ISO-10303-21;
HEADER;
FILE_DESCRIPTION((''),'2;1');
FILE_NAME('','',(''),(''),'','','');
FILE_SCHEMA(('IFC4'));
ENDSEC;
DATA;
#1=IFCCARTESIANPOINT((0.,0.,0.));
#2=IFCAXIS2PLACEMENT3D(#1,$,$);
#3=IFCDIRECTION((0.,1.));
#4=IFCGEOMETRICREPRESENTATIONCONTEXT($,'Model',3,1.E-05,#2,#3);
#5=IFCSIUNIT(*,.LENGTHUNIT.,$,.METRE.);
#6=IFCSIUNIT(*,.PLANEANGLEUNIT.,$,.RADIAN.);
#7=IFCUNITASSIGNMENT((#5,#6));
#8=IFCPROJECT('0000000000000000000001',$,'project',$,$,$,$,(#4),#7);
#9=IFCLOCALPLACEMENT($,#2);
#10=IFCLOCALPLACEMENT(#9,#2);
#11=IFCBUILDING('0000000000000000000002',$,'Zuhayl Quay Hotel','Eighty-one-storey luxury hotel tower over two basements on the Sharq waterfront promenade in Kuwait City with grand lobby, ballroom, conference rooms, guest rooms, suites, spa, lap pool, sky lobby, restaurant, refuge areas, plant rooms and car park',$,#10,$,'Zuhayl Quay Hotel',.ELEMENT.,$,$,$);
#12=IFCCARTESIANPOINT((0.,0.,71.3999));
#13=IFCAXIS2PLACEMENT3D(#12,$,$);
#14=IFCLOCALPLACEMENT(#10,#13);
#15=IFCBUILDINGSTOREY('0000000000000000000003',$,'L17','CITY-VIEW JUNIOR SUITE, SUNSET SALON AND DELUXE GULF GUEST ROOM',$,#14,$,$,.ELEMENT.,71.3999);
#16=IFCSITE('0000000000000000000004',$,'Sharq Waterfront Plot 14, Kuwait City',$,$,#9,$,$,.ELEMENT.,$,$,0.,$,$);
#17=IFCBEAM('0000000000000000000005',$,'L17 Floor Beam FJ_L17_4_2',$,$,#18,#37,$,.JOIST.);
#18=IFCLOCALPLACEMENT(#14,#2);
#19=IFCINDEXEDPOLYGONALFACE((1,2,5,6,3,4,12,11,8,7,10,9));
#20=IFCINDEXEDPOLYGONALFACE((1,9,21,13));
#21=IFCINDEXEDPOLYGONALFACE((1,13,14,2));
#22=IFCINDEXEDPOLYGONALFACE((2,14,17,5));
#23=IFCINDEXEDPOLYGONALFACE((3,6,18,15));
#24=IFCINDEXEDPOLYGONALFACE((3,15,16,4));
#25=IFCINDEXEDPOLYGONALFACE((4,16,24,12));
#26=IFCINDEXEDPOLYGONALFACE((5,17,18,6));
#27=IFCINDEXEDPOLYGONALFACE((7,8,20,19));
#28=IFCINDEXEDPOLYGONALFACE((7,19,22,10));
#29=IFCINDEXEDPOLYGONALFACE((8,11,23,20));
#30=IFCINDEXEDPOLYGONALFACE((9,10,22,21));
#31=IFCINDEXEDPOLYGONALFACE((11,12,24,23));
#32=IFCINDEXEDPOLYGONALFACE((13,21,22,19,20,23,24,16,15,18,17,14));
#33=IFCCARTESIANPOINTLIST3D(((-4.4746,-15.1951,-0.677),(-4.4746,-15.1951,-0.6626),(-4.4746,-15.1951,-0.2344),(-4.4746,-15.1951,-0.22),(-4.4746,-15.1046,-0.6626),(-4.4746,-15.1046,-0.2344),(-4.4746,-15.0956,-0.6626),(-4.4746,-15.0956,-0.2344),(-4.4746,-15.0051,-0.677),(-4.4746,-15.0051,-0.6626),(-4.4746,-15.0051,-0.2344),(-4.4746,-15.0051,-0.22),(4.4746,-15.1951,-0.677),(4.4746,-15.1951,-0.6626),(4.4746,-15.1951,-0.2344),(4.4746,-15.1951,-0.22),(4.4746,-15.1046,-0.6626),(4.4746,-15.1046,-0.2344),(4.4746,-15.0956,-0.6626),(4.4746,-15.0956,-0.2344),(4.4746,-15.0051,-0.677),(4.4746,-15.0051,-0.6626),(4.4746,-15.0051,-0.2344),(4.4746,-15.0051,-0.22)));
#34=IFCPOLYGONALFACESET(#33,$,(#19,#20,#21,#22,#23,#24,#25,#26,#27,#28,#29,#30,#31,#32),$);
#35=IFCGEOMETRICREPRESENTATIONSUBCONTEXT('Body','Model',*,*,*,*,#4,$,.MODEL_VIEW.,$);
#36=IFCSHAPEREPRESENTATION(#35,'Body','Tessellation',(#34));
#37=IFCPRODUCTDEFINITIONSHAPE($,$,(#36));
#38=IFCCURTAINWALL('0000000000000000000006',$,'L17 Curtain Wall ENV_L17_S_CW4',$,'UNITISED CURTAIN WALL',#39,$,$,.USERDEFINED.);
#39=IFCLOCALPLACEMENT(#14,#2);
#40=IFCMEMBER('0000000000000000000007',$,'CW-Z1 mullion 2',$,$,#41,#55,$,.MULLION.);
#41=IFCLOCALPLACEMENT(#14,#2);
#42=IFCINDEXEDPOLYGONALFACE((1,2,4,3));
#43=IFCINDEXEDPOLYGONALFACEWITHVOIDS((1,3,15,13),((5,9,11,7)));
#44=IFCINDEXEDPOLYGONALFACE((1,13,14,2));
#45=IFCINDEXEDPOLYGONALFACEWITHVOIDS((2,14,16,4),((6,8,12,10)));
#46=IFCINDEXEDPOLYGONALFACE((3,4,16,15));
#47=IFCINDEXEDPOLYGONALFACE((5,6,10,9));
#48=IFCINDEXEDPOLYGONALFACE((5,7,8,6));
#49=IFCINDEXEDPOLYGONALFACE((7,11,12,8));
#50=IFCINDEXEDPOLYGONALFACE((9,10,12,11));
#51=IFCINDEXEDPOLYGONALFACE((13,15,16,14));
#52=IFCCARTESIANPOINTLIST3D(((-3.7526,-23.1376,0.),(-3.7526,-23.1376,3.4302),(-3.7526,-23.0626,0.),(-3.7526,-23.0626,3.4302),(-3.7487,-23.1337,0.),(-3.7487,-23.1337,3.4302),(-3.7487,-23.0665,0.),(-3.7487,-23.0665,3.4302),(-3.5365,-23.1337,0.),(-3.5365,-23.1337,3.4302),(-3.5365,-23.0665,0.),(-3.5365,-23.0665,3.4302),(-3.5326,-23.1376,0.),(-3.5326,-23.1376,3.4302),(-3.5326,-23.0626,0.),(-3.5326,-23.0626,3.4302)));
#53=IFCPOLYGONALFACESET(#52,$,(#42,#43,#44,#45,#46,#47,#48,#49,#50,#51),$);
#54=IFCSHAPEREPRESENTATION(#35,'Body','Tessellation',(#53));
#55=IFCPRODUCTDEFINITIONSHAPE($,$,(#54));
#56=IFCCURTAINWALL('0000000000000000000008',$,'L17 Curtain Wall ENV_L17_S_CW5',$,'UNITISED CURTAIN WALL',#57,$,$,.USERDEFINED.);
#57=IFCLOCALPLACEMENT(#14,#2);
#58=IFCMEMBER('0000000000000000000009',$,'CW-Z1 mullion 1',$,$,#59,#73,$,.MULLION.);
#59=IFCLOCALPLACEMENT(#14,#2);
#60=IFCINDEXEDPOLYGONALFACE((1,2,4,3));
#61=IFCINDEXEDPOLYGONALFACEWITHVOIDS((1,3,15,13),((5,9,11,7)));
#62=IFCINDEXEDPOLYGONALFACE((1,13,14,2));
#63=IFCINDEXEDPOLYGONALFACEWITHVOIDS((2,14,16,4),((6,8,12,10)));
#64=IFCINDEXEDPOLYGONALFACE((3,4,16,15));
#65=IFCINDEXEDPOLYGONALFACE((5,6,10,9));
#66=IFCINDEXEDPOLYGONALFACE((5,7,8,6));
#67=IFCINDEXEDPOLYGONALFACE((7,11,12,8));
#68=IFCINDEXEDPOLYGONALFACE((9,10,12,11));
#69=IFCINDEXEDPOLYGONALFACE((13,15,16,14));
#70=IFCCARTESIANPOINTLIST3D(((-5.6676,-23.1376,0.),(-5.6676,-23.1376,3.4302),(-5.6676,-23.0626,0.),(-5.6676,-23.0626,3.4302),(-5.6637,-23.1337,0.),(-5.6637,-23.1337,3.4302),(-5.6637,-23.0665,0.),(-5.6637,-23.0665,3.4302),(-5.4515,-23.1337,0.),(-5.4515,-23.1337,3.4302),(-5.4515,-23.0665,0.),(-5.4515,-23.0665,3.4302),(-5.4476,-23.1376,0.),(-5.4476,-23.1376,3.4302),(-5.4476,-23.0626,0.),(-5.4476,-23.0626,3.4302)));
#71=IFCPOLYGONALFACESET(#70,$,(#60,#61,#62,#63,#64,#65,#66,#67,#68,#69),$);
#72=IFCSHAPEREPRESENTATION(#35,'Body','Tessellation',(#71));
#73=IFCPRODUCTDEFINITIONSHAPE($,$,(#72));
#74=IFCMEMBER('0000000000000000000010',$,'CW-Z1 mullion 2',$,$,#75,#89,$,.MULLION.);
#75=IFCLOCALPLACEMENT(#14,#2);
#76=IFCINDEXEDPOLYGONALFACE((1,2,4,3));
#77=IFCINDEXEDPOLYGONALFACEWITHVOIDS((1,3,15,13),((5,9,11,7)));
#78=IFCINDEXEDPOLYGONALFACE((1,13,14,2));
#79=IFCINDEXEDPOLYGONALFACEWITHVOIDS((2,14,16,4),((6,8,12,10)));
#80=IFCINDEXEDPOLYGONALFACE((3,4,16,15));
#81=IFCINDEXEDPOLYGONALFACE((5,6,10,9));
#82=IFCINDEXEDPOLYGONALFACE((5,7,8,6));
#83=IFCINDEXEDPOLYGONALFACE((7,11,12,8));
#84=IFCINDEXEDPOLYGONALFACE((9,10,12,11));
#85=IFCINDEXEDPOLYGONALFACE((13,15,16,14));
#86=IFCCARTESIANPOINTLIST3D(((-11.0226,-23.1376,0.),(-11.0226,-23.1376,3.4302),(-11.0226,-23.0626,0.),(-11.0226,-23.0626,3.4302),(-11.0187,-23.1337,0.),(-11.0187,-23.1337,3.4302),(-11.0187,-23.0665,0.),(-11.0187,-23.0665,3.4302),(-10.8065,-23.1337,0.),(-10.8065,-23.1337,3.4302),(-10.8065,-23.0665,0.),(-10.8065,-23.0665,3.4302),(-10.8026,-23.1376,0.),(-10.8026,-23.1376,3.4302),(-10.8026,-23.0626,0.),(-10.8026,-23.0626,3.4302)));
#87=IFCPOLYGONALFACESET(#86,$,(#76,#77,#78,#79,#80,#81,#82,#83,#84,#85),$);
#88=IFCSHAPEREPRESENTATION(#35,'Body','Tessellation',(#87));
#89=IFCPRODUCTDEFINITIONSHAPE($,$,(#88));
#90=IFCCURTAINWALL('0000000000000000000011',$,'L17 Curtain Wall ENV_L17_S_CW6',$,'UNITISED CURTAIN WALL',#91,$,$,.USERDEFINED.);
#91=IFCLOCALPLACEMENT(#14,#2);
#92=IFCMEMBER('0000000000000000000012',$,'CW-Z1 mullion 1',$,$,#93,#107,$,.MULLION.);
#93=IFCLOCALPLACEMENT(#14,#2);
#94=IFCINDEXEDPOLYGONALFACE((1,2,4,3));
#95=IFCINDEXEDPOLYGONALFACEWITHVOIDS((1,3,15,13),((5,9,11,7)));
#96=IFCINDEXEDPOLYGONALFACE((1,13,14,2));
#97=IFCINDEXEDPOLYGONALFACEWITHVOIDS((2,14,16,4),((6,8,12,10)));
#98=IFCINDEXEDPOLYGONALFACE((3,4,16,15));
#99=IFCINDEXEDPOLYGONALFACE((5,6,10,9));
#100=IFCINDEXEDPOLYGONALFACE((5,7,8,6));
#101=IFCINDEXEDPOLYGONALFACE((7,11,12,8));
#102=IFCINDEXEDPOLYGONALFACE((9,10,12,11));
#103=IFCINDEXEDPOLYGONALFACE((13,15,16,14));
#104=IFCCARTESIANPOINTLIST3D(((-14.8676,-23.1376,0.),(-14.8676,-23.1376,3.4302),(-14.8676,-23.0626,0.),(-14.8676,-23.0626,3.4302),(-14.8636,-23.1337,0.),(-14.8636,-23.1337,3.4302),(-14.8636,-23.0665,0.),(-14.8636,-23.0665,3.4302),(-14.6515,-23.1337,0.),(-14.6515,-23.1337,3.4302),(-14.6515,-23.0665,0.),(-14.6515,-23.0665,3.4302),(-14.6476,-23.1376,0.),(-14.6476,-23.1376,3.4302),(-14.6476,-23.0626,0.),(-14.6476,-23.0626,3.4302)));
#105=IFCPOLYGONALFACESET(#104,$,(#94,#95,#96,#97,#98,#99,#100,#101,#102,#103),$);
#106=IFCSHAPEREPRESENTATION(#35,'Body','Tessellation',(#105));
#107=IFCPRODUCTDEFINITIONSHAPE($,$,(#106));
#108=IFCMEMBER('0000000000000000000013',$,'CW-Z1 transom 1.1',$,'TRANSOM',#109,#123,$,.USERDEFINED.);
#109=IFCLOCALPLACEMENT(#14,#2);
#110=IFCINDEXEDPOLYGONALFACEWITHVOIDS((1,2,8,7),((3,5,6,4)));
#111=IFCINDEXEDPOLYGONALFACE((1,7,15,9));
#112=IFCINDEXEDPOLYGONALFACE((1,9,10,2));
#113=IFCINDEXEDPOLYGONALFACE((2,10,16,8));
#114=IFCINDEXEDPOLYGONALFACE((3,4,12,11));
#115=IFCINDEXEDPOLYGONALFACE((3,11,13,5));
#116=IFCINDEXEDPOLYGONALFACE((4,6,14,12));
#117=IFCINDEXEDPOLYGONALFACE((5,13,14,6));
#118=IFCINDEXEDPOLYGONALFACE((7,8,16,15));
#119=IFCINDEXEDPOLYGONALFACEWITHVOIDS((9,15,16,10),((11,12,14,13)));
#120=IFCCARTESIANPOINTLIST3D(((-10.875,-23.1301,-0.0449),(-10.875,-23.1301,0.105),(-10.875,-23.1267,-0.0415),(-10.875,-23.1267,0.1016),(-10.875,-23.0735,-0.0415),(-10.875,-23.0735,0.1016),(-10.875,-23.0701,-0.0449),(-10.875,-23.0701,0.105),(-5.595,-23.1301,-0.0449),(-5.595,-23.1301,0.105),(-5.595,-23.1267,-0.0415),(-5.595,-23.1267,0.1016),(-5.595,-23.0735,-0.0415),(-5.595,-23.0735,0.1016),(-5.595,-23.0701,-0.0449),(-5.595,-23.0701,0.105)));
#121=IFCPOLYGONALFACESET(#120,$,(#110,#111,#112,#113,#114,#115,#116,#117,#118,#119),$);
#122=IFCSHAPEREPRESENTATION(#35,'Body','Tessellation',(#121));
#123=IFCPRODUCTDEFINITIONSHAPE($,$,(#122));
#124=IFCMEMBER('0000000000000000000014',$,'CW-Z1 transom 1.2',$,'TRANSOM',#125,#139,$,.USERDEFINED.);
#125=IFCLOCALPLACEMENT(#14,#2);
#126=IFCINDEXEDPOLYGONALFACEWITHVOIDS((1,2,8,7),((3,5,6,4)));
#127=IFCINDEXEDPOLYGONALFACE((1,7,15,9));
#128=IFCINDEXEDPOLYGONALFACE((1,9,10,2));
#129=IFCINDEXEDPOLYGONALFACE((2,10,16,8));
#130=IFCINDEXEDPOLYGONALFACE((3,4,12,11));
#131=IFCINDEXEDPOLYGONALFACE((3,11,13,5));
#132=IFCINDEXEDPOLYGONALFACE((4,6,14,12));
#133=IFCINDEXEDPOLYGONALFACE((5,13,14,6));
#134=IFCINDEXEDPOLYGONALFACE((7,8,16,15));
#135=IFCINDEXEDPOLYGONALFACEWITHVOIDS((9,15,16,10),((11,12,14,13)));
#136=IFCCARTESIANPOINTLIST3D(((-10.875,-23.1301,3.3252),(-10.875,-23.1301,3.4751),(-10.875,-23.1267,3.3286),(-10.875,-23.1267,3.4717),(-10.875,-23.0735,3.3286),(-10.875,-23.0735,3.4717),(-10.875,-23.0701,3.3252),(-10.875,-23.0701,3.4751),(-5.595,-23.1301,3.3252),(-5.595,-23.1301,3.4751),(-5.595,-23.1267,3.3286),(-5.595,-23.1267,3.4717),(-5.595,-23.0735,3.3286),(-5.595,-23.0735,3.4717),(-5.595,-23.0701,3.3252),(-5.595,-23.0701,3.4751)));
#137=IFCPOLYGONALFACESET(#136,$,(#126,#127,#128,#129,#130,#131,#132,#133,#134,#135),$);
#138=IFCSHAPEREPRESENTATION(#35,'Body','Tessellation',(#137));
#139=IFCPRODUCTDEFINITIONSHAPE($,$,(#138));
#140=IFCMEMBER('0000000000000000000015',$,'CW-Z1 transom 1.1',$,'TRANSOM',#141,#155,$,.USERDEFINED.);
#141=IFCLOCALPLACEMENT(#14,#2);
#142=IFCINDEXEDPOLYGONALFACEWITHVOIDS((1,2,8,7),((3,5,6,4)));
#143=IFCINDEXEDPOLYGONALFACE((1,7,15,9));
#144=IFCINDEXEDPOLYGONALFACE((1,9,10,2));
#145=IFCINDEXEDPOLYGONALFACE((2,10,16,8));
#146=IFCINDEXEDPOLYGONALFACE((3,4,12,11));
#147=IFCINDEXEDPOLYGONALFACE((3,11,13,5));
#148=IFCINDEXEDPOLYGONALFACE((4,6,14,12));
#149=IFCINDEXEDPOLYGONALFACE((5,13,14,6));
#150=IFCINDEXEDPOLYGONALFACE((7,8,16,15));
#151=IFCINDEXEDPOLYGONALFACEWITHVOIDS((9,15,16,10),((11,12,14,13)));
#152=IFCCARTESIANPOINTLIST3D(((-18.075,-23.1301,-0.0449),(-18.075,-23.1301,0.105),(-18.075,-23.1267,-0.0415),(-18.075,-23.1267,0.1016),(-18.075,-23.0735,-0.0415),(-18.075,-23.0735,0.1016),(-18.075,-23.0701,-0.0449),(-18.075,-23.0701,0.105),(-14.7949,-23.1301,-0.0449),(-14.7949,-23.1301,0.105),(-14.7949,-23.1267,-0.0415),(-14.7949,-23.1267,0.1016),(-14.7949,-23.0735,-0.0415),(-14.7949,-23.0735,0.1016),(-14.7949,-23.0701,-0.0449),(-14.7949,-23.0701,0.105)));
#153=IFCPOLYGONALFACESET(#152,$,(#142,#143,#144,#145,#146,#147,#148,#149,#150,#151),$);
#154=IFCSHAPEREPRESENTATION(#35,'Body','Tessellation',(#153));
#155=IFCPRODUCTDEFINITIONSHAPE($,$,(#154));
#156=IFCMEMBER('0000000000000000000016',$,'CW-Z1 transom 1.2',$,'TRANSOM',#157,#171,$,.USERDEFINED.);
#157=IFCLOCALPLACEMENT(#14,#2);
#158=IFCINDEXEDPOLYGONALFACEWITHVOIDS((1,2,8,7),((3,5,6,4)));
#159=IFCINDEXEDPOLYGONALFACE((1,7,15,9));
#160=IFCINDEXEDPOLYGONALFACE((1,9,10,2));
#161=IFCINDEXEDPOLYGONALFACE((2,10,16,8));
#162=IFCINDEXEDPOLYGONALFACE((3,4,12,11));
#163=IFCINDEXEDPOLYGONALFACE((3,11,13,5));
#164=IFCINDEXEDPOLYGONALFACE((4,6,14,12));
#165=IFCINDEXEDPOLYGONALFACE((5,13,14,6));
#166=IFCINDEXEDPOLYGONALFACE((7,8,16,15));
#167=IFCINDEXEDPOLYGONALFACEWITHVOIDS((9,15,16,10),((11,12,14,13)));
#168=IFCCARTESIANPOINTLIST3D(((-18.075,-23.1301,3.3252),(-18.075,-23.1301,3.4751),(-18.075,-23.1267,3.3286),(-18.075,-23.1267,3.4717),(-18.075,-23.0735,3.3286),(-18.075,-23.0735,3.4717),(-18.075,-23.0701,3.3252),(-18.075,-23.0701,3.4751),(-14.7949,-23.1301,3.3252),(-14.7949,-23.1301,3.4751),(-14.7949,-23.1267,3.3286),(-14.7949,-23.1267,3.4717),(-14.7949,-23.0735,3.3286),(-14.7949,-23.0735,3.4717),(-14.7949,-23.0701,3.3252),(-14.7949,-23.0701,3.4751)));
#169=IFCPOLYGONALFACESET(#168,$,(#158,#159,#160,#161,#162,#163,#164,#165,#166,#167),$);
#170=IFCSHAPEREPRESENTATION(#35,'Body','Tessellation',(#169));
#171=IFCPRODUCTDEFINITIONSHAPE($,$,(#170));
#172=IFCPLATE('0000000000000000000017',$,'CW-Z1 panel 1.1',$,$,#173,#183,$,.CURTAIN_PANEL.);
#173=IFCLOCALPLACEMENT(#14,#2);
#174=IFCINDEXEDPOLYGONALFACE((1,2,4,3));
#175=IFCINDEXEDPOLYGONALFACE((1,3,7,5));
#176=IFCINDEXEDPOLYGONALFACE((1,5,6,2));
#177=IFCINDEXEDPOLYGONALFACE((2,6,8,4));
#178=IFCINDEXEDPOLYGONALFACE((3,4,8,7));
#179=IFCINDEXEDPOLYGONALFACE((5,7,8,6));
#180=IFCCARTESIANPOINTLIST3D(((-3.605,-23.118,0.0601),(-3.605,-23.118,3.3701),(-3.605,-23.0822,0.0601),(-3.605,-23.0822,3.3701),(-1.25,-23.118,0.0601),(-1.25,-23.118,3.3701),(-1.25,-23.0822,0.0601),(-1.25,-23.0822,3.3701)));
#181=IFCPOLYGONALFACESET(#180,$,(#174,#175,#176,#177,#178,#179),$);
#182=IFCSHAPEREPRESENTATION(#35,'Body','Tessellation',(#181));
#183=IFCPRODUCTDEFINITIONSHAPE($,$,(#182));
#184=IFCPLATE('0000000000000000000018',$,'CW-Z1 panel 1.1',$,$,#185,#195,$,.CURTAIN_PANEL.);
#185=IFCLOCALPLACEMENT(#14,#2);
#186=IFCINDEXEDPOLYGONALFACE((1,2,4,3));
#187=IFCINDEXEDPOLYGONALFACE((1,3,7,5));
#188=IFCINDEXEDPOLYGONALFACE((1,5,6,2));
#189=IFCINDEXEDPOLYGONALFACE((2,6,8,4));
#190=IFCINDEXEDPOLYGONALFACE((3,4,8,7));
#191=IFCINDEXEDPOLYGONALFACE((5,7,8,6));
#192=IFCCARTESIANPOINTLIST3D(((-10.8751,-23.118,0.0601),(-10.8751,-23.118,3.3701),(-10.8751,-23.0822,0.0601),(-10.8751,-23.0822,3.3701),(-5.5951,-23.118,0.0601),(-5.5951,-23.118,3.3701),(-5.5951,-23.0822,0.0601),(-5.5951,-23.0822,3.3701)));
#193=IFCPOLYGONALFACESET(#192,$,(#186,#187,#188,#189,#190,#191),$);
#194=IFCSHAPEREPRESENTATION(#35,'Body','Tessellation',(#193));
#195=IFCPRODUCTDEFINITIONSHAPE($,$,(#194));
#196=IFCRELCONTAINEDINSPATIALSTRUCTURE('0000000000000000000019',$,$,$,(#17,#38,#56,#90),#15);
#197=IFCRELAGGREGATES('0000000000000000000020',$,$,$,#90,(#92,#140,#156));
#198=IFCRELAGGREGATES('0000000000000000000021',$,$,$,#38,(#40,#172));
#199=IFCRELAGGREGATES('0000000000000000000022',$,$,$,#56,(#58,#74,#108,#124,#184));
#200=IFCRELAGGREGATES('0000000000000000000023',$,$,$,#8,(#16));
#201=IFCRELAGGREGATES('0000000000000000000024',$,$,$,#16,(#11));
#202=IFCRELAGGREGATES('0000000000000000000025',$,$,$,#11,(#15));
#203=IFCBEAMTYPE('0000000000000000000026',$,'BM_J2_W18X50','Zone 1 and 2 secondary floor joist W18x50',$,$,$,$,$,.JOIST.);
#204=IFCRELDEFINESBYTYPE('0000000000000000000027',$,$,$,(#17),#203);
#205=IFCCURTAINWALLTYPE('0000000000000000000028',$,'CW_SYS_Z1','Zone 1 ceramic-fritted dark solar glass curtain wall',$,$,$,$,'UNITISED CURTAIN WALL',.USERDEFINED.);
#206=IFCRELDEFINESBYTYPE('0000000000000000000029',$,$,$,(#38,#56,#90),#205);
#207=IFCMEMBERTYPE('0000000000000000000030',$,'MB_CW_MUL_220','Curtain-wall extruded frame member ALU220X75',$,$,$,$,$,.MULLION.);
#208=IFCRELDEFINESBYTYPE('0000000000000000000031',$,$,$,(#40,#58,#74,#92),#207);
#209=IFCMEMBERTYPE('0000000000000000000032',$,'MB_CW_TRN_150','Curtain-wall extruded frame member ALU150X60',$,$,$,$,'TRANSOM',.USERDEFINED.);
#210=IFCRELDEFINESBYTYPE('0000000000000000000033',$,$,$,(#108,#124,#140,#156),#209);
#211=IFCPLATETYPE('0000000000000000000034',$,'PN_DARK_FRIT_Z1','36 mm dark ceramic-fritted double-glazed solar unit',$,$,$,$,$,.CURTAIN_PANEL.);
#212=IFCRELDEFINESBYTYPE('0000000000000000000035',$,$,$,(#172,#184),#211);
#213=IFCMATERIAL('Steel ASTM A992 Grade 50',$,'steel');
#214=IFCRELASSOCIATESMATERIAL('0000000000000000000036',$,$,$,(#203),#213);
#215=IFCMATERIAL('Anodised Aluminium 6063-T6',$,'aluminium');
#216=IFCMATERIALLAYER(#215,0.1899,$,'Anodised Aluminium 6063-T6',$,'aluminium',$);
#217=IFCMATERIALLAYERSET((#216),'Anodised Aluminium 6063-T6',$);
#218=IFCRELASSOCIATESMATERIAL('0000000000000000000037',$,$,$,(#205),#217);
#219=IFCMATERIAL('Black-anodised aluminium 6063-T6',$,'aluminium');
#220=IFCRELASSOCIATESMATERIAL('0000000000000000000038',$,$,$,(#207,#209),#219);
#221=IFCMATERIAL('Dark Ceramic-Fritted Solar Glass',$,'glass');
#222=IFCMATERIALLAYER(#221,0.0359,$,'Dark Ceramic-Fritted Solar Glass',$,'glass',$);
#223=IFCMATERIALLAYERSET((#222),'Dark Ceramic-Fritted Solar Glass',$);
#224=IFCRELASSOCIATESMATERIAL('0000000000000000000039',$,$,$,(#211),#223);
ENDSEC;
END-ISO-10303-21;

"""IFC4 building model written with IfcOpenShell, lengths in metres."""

from ifc_helpers import new_model, si_unit, direction, frame, origin, origin_2d, place, context, subcontext, project, spatial, rectangle, hollow_rectangle, i_section, extrude, material, layer, layer_set, material_profile, profile_set, type_object, element, aggregate, save


model = new_model("IFC4")

# Units and contexts
model_context = context("Model", 3, precision=1e-05, world=origin(), true_north=direction((0.0, 1.0)))
body_context = subcontext(model_context, "Body", "Model", "MODEL_VIEW")
ifc_project = project(units=[si_unit("LENGTHUNIT", "METRE"), si_unit("PLANEANGLEUNIT", "RADIAN")], contexts=[model_context])

# Site, building, storey
site_placement = place(None, origin())
site = spatial("IfcSite", under=ifc_project, at=site_placement, Name="Sharq Waterfront Plot 14, Kuwait City", CompositionType="ELEMENT", RefElevation=0.0)
building_placement = place(site_placement, origin())
building = spatial("IfcBuilding", under=site, at=building_placement, Name="Zuhayl Quay Hotel", Description="Eighty-one-storey luxury hotel tower over two basements on the Sharq waterfront promenade in Kuwait City with grand lobby, ballroom, conference rooms, guest rooms, suites, spa, lap pool, sky lobby, restaurant, refuge areas, plant rooms and car park", LongName="Zuhayl Quay Hotel", CompositionType="ELEMENT")
storey_placement = place(building_placement, frame((0.0, 0.0, 71.3999)))
storey = spatial("IfcBuildingStorey", under=building, at=storey_placement, Name="L17", Description="CITY-VIEW JUNIOR SUITE, SUNSET SALON AND DELUXE GULF GUEST ROOM", CompositionType="ELEMENT", Elevation=71.3999)

# Beam
ifc_material_1 = material(Name="Steel ASTM A992 Grade 50", Category="steel")
ifc_material_profile_1 = material_profile(ifc_material_1, i_section(OverallWidth=0.1899, OverallDepth=0.457, WebThickness=0.009, FlangeThickness=0.0144, at=origin_2d()), Name="W18X50")
ifc_profile_set_1 = profile_set([ifc_material_profile_1], Name="Steel ASTM A992 Grade 50")
beam_type_1 = type_object("IfcBeamType", Name="BM_J2_W18X50", Description="Zone 1 and 2 secondary floor joist W18x50", PredefinedType="JOIST", material=ifc_profile_set_1)
beam_1_placement = place(storey_placement, frame((-4.4746, -15.1001, -0.4485), z_axis=(1.0, 0.0, 0.0), x_axis=(0.0, 1.0, 0.0)))
element("IfcBeam", 1, at=beam_1_placement, inside=storey, type_object=beam_type_1, Name="L17 Floor Beam FJ_L17_4_2", PredefinedType="JOIST", context=body_context, shape_type="SweptSolid", body=[
    extrude(i_section(OverallWidth=0.1899, OverallDepth=0.457, WebThickness=0.009, FlangeThickness=0.0144, at=origin_2d()), origin(), (0.0, 0.0, 1.0), 8.9492),
])

# Curtain wall, member
ifc_material_2 = material(Name="Anodised Aluminium 6063-T6", Category="aluminium")
ifc_layer_1 = layer(ifc_material_2, 0.1899, Name="Anodised Aluminium 6063-T6", Category="aluminium")
ifc_layer_set_1 = layer_set([ifc_layer_1], Name="Anodised Aluminium 6063-T6")
curtain_wall_type = type_object("IfcCurtainWallType", Name="CW_SYS_Z1", Description="Zone 1 ceramic-fritted dark solar glass curtain wall", ElementType="UNITISED CURTAIN WALL", PredefinedType="USERDEFINED", material=ifc_layer_set_1)
curtain_wall_1_placement = place(storey_placement, origin())
curtain_wall_1 = element("IfcCurtainWall", 2, at=curtain_wall_1_placement, inside=storey, type_object=curtain_wall_type, Name="L17 Curtain Wall ENV_L17_S_CW4", ObjectType="UNITISED CURTAIN WALL", PredefinedType="USERDEFINED")
ifc_material_3 = material(Name="Black-anodised aluminium 6063-T6", Category="aluminium")
ifc_material_profile_2 = material_profile(ifc_material_3, hollow_rectangle(XDim=0.075, YDim=0.22, WallThickness=0.0039, at=origin_2d()), Name="ALU220X75")
ifc_profile_set_2 = profile_set([ifc_material_profile_2], Name="Black-anodised aluminium 6063-T6")
member_type_1 = type_object("IfcMemberType", Name="MB_CW_MUL_220", Description="Curtain-wall extruded frame member ALU220X75", PredefinedType="MULLION", material=ifc_profile_set_2)
member_1_placement = place(storey_placement, frame((-3.6426, -23.1001, 0.0), z_axis=(0.0, 0.0, 1.0), x_axis=(0.0, -1.0, 0.0)))
member_1 = element("IfcMember", 3, at=member_1_placement, type_object=member_type_1, Name="CW-Z1 mullion 2", PredefinedType="MULLION", context=body_context, shape_type="SweptSolid", body=[
    extrude(hollow_rectangle(XDim=0.075, YDim=0.22, WallThickness=0.0039, at=origin_2d()), origin(), (0.0, 0.0, 1.0), 3.4302),
])

# Curtain wall, members
curtain_wall_2_placement = place(storey_placement, origin())
curtain_wall_2 = element("IfcCurtainWall", 4, at=curtain_wall_2_placement, inside=storey, type_object=curtain_wall_type, Name="L17 Curtain Wall ENV_L17_S_CW5", ObjectType="UNITISED CURTAIN WALL", PredefinedType="USERDEFINED")
member_2_placement = place(storey_placement, frame((-5.5576, -23.1001, 0.0), z_axis=(0.0, 0.0, 1.0), x_axis=(0.0, -1.0, 0.0)))
member_2 = element("IfcMember", 5, at=member_2_placement, type_object=member_type_1, Name="CW-Z1 mullion 1", PredefinedType="MULLION", context=body_context, shape_type="SweptSolid", body=[
    extrude(hollow_rectangle(XDim=0.075, YDim=0.22, WallThickness=0.0039, at=origin_2d()), origin(), (0.0, 0.0, 1.0), 3.4302),
])
member_3_placement = place(storey_placement, frame((-10.9126, -23.1001, 0.0), z_axis=(0.0, 0.0, 1.0), x_axis=(0.0, -1.0, 0.0)))
member_3 = element("IfcMember", 6, at=member_3_placement, type_object=member_type_1, Name="CW-Z1 mullion 2", PredefinedType="MULLION", context=body_context, shape_type="SweptSolid", body=[
    extrude(hollow_rectangle(XDim=0.075, YDim=0.22, WallThickness=0.0039, at=origin_2d()), origin(), (0.0, 0.0, 1.0), 3.4302),
])

# Curtain wall, member
curtain_wall_3_placement = place(storey_placement, origin())
curtain_wall_3 = element("IfcCurtainWall", 7, at=curtain_wall_3_placement, inside=storey, type_object=curtain_wall_type, Name="L17 Curtain Wall ENV_L17_S_CW6", ObjectType="UNITISED CURTAIN WALL", PredefinedType="USERDEFINED")
member_4_placement = place(storey_placement, frame((-14.7576, -23.1001, 0.0), z_axis=(0.0, 0.0, 1.0), x_axis=(0.0, -1.0, 0.0)))
member_4 = element("IfcMember", 8, at=member_4_placement, type_object=member_type_1, Name="CW-Z1 mullion 1", PredefinedType="MULLION", context=body_context, shape_type="SweptSolid", body=[
    extrude(hollow_rectangle(XDim=0.075, YDim=0.22, WallThickness=0.0039, at=origin_2d()), origin(), (0.0, 0.0, 1.0), 3.4302),
])

# Members
ifc_material_profile_3 = material_profile(ifc_material_3, hollow_rectangle(XDim=0.0601, YDim=0.1499, WallThickness=0.0034, at=origin_2d()), Name="ALU150X60")
ifc_profile_set_3 = profile_set([ifc_material_profile_3], Name="Black-anodised aluminium 6063-T6")
member_type_2 = type_object("IfcMemberType", Name="MB_CW_TRN_150", Description="Curtain-wall extruded frame member ALU150X60", ElementType="TRANSOM", PredefinedType="USERDEFINED", material=ifc_profile_set_3)
member_5_placement = place(storey_placement, frame((-5.595, -23.1001, 0.03), z_axis=(-1.0, 0.0, 0.0), x_axis=(0.0, -1.0, 0.0)))
member_5 = element("IfcMember", 9, at=member_5_placement, type_object=member_type_2, Name="CW-Z1 transom 1.1", ObjectType="TRANSOM", PredefinedType="USERDEFINED", context=body_context, shape_type="SweptSolid", body=[
    extrude(hollow_rectangle(XDim=0.0601, YDim=0.1499, WallThickness=0.0034, at=origin_2d()), origin(), (0.0, 0.0, 1.0), 5.28),
])
member_6_placement = place(storey_placement, frame((-5.595, -23.1001, 3.4001), z_axis=(-1.0, 0.0, 0.0), x_axis=(0.0, -1.0, 0.0)))
member_6 = element("IfcMember", 10, at=member_6_placement, type_object=member_type_2, Name="CW-Z1 transom 1.2", ObjectType="TRANSOM", PredefinedType="USERDEFINED", context=body_context, shape_type="SweptSolid", body=[
    extrude(hollow_rectangle(XDim=0.0601, YDim=0.1499, WallThickness=0.0034, at=origin_2d()), origin(), (0.0, 0.0, 1.0), 5.28),
])
member_7_placement = place(storey_placement, frame((-14.7949, -23.1001, 0.03), z_axis=(-1.0, 0.0, 0.0), x_axis=(0.0, -1.0, 0.0)))
member_7 = element("IfcMember", 11, at=member_7_placement, type_object=member_type_2, Name="CW-Z1 transom 1.1", ObjectType="TRANSOM", PredefinedType="USERDEFINED", context=body_context, shape_type="SweptSolid", body=[
    extrude(hollow_rectangle(XDim=0.0601, YDim=0.1499, WallThickness=0.0034, at=origin_2d()), origin(), (0.0, 0.0, 1.0), 3.28),
])
member_8_placement = place(storey_placement, frame((-14.7949, -23.1001, 3.4001), z_axis=(-1.0, 0.0, 0.0), x_axis=(0.0, -1.0, 0.0)))
member_8 = element("IfcMember", 12, at=member_8_placement, type_object=member_type_2, Name="CW-Z1 transom 1.2", ObjectType="TRANSOM", PredefinedType="USERDEFINED", context=body_context, shape_type="SweptSolid", body=[
    extrude(hollow_rectangle(XDim=0.0601, YDim=0.1499, WallThickness=0.0034, at=origin_2d()), origin(), (0.0, 0.0, 1.0), 3.28),
])
aggregate(curtain_wall_3, [member_4, member_7, member_8])

# Plates
ifc_material_4 = material(Name="Dark Ceramic-Fritted Solar Glass", Category="glass")
ifc_layer_2 = layer(ifc_material_4, 0.0359, Name="Dark Ceramic-Fritted Solar Glass", Category="glass")
ifc_layer_set_2 = layer_set([ifc_layer_2], Name="Dark Ceramic-Fritted Solar Glass")
plate_type = type_object("IfcPlateType", Name="PN_DARK_FRIT_Z1", Description="36 mm dark ceramic-fritted double-glazed solar unit", PredefinedType="CURTAIN_PANEL", material=ifc_layer_set_2)
plate_1_placement = place(storey_placement, frame((-2.4275, -23.1001, 0.0601), z_axis=(0.0, 0.0, 1.0), x_axis=(-1.0, 0.0, 0.0)))
plate_1 = element("IfcPlate", 13, at=plate_1_placement, type_object=plate_type, Name="CW-Z1 panel 1.1", PredefinedType="CURTAIN_PANEL", context=body_context, shape_type="SweptSolid", body=[
    extrude(rectangle(XDim=2.355, YDim=0.0359, at=origin_2d()), origin(), (0.0, 0.0, 1.0), 3.3101),
])
aggregate(curtain_wall_1, [member_1, plate_1])
plate_2_placement = place(storey_placement, frame((-8.2351, -23.1001, 0.0601), z_axis=(0.0, 0.0, 1.0), x_axis=(-1.0, 0.0, 0.0)))
plate_2 = element("IfcPlate", 14, at=plate_2_placement, type_object=plate_type, Name="CW-Z1 panel 1.1", PredefinedType="CURTAIN_PANEL", context=body_context, shape_type="SweptSolid", body=[
    extrude(rectangle(XDim=5.28, YDim=0.0359, at=origin_2d()), origin(), (0.0, 0.0, 1.0), 3.3101),
])
aggregate(curtain_wall_2, [member_2, member_3, member_5, member_6, plate_2])

save(model, "model.ifc")
